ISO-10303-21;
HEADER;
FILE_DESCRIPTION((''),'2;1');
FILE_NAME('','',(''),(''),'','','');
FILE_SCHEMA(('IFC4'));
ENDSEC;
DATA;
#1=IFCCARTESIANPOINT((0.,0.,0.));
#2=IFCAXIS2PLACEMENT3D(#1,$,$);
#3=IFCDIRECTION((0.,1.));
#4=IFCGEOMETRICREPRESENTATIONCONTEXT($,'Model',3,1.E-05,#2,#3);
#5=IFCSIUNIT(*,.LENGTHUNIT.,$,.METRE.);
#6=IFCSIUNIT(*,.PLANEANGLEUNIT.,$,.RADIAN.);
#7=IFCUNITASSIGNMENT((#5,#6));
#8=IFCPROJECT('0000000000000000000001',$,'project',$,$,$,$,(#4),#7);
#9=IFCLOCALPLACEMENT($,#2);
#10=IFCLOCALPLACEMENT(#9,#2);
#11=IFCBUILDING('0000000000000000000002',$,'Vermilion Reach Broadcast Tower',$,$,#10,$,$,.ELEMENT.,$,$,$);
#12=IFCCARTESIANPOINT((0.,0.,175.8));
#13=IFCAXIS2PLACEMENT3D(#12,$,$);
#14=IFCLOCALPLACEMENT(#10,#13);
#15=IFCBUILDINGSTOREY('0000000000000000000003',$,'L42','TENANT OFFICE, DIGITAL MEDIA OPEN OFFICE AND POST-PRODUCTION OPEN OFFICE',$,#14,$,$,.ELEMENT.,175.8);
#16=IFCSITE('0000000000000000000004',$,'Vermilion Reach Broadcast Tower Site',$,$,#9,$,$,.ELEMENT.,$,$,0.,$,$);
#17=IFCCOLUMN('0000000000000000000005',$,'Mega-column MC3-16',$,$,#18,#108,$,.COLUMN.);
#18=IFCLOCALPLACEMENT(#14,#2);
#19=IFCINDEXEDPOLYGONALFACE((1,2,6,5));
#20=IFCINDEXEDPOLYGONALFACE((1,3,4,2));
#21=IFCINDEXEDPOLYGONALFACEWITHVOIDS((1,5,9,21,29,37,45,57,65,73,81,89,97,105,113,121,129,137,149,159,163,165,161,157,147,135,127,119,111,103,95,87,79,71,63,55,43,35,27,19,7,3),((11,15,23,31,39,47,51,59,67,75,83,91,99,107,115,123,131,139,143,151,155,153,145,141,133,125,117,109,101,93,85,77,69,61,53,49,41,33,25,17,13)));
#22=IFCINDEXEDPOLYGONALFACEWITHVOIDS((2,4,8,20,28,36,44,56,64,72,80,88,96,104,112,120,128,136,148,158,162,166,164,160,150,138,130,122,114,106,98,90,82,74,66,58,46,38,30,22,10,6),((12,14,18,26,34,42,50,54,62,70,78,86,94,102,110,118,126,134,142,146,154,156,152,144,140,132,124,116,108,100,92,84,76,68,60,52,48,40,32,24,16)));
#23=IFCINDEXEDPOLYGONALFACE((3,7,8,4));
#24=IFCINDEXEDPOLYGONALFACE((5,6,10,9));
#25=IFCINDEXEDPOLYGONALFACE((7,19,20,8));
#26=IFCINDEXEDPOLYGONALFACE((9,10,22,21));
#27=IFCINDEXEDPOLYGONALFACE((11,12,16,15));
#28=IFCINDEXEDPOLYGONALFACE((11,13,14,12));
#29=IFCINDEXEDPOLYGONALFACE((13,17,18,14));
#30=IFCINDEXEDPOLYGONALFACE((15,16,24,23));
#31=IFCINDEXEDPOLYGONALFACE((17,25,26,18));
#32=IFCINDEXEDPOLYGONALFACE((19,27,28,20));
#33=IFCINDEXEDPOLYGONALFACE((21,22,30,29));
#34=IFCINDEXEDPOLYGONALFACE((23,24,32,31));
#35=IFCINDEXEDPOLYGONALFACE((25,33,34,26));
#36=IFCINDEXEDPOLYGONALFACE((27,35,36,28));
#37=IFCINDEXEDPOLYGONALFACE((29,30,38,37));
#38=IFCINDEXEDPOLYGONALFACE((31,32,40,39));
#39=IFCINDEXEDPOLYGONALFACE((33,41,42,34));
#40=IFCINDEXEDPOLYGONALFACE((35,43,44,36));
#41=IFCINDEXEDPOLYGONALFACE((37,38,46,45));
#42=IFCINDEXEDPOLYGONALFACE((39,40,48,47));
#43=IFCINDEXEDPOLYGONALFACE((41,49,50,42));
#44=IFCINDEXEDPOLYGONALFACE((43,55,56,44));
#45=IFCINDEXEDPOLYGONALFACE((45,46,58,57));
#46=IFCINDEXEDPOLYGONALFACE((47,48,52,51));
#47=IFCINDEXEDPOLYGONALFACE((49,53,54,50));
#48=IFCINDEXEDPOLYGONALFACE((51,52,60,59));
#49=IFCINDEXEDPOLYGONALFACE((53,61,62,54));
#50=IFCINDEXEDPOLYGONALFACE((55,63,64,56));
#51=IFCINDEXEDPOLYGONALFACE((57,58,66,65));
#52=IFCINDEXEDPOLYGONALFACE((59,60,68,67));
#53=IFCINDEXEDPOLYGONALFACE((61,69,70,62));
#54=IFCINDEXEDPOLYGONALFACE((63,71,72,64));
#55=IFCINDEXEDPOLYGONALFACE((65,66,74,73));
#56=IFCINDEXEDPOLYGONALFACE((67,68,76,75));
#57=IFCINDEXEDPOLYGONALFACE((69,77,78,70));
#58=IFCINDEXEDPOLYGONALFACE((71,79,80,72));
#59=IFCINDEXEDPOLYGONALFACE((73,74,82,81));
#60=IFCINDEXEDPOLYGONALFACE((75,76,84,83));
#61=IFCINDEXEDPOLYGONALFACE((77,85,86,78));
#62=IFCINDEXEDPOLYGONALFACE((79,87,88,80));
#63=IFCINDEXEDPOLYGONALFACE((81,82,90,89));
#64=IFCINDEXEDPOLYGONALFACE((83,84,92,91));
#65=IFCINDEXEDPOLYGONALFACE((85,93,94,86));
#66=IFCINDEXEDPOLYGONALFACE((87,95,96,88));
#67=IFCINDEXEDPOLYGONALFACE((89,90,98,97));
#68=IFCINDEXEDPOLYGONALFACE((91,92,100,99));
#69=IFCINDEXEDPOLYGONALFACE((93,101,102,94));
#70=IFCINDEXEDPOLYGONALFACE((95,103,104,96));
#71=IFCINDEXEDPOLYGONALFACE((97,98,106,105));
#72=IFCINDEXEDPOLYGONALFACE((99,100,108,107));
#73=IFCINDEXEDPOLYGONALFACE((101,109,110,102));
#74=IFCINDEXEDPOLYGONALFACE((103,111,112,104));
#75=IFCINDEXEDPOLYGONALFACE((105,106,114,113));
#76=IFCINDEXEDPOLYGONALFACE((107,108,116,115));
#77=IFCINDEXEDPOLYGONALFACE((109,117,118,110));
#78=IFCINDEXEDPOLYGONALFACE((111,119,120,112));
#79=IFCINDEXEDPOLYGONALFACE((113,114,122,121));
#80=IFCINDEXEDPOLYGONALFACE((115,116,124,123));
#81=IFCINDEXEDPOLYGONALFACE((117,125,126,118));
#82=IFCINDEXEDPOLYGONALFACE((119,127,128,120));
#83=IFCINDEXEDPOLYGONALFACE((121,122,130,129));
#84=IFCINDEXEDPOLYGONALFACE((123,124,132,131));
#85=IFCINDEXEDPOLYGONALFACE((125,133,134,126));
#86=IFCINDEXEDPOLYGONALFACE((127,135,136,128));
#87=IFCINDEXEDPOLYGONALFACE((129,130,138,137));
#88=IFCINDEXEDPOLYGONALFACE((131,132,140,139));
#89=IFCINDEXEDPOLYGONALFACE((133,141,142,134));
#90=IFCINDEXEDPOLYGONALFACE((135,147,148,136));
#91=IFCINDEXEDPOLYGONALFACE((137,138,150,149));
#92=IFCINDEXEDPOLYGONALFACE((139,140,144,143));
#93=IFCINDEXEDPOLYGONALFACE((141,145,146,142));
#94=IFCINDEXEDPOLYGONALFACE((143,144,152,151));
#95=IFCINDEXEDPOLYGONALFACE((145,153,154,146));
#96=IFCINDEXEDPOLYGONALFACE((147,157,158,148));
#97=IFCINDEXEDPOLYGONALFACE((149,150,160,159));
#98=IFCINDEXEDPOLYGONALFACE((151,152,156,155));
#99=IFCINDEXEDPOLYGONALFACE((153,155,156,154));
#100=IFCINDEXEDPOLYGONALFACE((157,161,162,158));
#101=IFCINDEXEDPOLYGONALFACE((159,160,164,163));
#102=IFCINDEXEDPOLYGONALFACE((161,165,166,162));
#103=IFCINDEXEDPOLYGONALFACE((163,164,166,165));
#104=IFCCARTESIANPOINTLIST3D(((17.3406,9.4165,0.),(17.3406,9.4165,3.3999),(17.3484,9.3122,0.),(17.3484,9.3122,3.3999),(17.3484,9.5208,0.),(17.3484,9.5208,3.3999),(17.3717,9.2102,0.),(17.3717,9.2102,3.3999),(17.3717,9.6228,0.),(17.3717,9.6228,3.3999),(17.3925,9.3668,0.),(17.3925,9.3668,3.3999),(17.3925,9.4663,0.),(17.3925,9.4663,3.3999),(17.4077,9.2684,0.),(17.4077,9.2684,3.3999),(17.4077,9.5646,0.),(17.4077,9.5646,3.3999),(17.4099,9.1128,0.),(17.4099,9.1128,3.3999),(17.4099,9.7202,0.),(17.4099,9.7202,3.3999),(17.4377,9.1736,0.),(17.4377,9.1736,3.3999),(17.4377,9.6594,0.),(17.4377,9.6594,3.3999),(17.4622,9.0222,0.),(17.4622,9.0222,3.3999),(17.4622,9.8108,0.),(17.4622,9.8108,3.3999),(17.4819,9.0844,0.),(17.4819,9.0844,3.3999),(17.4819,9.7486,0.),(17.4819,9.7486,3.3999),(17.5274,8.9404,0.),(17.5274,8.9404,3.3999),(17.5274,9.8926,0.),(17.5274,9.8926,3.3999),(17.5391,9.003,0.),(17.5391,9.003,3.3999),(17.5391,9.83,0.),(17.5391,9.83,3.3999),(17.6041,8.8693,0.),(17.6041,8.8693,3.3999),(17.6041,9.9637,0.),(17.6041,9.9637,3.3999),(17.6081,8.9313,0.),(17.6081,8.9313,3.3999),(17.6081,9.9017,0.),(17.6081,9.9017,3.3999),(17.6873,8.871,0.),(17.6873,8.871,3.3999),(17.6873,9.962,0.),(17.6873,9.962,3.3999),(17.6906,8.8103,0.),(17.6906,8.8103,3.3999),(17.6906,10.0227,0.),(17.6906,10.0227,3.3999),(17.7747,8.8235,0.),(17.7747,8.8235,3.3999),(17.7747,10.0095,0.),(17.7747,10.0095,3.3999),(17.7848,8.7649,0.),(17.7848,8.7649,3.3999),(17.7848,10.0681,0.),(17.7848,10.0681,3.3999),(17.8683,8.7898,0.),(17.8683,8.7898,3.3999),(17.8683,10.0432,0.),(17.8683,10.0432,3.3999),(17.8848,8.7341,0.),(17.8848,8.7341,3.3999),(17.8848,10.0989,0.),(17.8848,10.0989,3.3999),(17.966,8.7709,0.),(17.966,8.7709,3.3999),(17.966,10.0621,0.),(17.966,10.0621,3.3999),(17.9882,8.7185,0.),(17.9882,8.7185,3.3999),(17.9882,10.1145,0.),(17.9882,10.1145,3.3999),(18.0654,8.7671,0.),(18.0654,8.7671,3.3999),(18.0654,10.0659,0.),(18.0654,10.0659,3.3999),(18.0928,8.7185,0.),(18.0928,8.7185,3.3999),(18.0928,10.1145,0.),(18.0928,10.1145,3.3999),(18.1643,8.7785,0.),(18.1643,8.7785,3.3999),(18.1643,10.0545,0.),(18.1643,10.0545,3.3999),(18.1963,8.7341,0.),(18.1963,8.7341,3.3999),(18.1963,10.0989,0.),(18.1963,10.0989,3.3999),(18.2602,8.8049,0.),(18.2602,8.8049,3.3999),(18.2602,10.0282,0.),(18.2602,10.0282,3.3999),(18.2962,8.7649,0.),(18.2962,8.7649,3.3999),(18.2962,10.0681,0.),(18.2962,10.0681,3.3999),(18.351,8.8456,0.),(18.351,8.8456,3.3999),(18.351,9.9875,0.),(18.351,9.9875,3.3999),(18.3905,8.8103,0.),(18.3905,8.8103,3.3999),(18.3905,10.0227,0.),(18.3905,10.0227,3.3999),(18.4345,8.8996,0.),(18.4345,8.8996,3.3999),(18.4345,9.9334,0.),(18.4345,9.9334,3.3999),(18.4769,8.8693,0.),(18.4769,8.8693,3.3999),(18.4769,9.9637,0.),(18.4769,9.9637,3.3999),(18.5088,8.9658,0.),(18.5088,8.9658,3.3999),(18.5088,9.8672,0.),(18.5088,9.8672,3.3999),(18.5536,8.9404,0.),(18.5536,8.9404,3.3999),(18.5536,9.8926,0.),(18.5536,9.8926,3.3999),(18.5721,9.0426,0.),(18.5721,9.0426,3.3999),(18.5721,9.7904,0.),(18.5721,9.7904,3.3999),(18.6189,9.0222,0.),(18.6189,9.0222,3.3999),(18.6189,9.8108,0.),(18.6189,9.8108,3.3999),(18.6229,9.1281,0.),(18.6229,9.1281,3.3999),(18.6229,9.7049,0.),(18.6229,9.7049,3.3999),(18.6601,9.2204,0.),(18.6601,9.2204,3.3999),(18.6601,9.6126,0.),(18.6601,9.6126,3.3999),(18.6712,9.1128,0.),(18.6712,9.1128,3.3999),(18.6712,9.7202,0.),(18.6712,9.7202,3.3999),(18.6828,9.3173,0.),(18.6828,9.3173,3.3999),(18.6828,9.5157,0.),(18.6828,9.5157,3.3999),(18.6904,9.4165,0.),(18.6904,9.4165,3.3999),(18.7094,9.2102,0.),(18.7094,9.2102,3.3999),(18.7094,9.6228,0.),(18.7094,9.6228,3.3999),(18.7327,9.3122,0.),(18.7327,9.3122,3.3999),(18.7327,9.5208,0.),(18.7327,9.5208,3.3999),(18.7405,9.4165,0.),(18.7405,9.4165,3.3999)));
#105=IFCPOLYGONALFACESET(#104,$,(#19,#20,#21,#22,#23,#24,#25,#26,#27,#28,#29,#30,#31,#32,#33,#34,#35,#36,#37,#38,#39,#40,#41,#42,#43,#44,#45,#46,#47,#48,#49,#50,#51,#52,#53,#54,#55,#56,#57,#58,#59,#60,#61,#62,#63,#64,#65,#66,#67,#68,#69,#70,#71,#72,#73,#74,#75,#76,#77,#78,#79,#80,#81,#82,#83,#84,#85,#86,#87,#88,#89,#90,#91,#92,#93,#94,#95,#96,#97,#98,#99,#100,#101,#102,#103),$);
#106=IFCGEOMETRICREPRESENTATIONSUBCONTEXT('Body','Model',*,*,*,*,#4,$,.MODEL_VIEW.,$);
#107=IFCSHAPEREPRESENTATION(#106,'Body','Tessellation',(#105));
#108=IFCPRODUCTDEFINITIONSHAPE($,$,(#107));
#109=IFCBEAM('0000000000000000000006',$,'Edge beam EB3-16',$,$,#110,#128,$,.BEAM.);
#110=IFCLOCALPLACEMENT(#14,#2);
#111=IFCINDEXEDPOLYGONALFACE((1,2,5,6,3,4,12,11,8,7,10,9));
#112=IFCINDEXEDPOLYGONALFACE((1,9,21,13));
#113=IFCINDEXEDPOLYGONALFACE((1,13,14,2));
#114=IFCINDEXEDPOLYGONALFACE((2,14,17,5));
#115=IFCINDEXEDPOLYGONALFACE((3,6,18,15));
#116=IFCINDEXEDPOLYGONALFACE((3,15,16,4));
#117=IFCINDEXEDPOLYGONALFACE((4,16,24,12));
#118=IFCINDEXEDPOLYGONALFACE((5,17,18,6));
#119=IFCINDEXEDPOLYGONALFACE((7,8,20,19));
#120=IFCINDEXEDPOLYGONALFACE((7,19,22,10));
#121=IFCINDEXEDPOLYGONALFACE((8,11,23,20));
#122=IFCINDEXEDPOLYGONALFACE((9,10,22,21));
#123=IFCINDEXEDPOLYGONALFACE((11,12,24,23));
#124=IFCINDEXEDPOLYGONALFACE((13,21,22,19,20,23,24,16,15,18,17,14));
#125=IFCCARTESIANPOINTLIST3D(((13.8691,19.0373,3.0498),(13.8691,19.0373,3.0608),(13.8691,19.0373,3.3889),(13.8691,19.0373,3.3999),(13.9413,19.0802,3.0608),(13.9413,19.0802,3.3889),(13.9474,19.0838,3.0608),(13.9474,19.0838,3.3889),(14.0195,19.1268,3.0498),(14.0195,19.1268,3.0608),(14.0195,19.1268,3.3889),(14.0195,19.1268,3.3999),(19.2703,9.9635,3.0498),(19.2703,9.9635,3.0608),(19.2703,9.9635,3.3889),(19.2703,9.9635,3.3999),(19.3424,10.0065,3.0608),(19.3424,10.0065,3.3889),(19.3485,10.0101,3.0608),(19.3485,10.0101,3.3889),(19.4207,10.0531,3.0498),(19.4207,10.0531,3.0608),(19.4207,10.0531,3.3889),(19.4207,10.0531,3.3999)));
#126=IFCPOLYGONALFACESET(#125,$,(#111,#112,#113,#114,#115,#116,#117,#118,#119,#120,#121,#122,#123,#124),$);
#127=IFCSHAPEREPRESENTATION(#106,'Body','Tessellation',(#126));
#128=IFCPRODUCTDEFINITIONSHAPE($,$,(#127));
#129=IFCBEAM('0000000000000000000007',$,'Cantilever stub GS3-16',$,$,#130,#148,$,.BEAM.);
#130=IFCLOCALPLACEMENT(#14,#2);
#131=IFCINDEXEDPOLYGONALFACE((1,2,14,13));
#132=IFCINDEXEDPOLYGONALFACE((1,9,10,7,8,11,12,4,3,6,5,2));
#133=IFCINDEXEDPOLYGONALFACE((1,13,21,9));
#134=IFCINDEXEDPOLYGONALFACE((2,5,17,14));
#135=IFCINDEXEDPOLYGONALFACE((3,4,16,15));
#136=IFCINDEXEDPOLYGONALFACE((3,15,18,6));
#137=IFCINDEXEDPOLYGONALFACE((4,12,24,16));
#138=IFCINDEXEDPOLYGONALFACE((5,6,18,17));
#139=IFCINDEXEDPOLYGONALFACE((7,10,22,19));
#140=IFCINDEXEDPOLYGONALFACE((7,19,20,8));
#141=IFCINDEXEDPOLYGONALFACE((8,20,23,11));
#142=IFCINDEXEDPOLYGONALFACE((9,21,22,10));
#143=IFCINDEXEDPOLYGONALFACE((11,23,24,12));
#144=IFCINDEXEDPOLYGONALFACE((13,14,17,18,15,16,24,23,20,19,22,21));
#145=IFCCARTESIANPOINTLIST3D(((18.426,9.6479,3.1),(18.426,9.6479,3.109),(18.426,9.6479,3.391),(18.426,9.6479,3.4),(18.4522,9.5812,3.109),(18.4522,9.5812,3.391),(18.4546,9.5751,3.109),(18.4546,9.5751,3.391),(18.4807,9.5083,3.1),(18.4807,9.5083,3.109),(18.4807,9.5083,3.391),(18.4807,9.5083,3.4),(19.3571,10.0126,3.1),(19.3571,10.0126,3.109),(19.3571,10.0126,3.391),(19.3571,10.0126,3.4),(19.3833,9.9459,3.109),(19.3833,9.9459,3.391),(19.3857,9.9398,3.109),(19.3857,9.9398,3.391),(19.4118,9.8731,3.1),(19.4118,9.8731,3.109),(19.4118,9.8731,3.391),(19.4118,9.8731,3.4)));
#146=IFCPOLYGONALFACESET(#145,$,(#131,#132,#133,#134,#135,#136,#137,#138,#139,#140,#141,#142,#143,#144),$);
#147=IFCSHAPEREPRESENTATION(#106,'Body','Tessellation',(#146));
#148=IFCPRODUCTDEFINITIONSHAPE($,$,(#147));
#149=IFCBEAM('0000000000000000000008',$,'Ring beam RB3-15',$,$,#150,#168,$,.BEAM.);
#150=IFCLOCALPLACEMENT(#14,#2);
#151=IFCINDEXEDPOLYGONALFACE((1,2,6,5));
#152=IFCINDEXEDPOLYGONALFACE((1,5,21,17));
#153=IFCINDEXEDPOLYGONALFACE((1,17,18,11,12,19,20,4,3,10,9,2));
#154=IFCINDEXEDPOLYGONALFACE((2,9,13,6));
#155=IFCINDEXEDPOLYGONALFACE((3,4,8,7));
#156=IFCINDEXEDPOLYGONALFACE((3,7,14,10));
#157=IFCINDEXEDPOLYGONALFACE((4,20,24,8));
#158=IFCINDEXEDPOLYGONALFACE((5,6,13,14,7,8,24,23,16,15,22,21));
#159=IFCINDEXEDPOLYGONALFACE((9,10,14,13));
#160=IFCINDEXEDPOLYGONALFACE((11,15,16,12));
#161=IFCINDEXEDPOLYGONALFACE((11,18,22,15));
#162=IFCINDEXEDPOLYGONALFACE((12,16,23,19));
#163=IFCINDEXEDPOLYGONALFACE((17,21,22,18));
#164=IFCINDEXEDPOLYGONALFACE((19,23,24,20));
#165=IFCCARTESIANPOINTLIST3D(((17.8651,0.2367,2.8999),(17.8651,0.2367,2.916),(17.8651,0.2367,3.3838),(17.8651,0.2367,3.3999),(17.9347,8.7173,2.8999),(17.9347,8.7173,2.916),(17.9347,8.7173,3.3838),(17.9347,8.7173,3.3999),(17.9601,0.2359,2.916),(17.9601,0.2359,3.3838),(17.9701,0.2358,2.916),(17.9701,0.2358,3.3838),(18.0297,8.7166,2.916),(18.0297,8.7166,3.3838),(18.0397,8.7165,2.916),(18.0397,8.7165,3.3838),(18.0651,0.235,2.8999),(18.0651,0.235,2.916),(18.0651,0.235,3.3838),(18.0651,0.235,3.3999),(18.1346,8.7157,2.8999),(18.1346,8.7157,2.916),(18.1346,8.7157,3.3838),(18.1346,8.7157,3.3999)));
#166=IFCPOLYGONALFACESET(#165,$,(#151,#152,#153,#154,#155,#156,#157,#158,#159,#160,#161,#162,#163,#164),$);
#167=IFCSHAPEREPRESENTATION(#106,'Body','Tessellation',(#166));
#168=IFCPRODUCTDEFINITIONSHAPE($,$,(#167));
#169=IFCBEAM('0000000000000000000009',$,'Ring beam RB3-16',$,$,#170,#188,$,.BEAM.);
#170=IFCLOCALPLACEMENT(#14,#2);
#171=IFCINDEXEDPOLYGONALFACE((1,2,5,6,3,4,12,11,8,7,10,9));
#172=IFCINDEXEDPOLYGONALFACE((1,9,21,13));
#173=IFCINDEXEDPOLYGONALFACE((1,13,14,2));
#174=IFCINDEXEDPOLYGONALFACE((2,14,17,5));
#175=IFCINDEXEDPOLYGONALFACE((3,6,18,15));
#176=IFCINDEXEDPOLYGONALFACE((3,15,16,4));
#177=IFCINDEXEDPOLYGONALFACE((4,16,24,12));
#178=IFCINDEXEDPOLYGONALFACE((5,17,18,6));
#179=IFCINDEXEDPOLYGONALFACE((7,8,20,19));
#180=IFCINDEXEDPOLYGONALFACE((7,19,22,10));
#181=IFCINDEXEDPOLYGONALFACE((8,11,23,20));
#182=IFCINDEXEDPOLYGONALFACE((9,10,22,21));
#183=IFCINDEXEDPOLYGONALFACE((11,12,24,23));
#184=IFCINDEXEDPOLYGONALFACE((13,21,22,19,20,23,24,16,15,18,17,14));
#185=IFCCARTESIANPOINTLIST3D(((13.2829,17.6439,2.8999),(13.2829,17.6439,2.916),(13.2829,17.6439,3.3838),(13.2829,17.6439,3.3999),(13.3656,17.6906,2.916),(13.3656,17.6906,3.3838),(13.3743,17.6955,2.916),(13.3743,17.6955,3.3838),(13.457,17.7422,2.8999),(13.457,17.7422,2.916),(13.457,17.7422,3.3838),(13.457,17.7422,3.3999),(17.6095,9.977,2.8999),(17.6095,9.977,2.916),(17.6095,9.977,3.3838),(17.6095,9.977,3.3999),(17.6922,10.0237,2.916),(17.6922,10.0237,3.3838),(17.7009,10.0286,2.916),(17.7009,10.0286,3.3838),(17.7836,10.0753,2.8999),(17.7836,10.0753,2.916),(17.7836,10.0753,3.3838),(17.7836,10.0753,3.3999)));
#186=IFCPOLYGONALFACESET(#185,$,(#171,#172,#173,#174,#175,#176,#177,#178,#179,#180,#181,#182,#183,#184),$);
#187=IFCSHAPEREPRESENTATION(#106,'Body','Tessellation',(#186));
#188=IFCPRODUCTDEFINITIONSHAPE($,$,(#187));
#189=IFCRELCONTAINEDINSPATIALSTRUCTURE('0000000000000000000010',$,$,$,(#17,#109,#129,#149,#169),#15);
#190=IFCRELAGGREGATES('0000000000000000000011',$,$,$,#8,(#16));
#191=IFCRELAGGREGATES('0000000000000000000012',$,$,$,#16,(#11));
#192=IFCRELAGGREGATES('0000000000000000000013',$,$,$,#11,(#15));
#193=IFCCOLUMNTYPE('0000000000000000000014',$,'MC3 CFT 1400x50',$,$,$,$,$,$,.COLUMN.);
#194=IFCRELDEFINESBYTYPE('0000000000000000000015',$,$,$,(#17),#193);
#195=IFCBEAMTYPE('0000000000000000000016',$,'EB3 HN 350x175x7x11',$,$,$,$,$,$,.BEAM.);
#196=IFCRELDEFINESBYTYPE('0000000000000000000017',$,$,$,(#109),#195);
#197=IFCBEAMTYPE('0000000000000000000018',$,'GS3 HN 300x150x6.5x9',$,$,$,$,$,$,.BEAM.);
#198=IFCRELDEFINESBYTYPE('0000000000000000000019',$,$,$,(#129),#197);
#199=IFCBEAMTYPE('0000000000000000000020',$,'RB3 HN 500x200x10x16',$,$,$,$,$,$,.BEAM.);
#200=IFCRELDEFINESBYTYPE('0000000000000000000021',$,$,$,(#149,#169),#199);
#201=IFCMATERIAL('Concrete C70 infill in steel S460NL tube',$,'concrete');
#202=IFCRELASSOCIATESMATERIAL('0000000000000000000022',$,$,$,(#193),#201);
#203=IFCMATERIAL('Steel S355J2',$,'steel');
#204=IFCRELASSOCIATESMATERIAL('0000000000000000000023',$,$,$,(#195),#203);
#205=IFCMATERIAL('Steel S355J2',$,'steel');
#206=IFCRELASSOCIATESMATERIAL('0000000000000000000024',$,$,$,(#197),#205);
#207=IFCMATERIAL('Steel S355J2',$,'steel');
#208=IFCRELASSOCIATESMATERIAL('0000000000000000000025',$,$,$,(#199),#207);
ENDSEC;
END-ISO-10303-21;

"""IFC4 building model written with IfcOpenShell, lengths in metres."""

from ifc_helpers import new_model, si_unit, direction, frame, origin, origin_2d, place, context, subcontext, project, spatial, hollow_circle, i_section, extrude, material, material_profile, profile_set, type_object, element, save


model = new_model("IFC4")

# Units and contexts
model_context = context("Model", 3, precision=1e-05, world=origin(), true_north=direction((0.0, 1.0)))
body_context = subcontext(model_context, "Body", "Model", "MODEL_VIEW")
ifc_project = project(units=[si_unit("LENGTHUNIT", "METRE"), si_unit("PLANEANGLEUNIT", "RADIAN")], contexts=[model_context])

# Site, building, storey
site_placement = place(None, origin())
site = spatial("IfcSite", under=ifc_project, at=site_placement, Name="Vermilion Reach Broadcast Tower Site", CompositionType="ELEMENT", RefElevation=0.0)
building_placement = place(site_placement, origin())
building = spatial("IfcBuilding", under=site, at=building_placement, Name="Vermilion Reach Broadcast Tower", CompositionType="ELEMENT")
storey_placement = place(building_placement, frame((0.0, 0.0, 175.8)))
storey = spatial("IfcBuildingStorey", under=building, at=storey_placement, Name="L42", Description="TENANT OFFICE, DIGITAL MEDIA OPEN OFFICE AND POST-PRODUCTION OPEN OFFICE", CompositionType="ELEMENT", Elevation=175.8)

# Column
ifc_material_1 = material(Name="Concrete C70 infill in steel S460NL tube", Category="concrete")
ifc_material_profile_1 = material_profile(ifc_material_1, hollow_circle(Radius=0.7, WallThickness=0.05, at=origin_2d()), Name="Concrete C70 infill in steel S460NL tube CFT 1400x50")
ifc_profile_set_1 = profile_set([ifc_material_profile_1], Name="Concrete C70 infill in steel S460NL tube")
column_type = type_object("IfcColumnType", Name="MC3 CFT 1400x50", PredefinedType="COLUMN", material=ifc_profile_set_1)
column_placement = place(storey_placement, frame((18.0405, 9.4165, 0.0), z_axis=(0.0, 0.0, 1.0), x_axis=(1.0, 0.0, 0.0)))
element("IfcColumn", 1, at=column_placement, inside=storey, type_object=column_type, Name="Mega-column MC3-16", PredefinedType="COLUMN", context=body_context, shape_type="SweptSolid", body=[
    extrude(hollow_circle(Radius=0.7, WallThickness=0.05, at=origin_2d()), origin(), (0.0, 0.0, 1.0), 3.3999),
])

# Beams
ifc_material_2 = material(Name="Steel S355J2", Category="steel")
ifc_material_profile_2 = material_profile(ifc_material_2, i_section(OverallWidth=0.175, OverallDepth=0.3501, WebThickness=0.0071, FlangeThickness=0.011, at=origin_2d()), Name="S355J2 HN 350x175x7x11")
ifc_profile_set_2 = profile_set([ifc_material_profile_2], Name="Steel S355J2")
beam_type_1 = type_object("IfcBeamType", Name="EB3 HN 350x175x7x11", PredefinedType="BEAM", material=ifc_profile_set_2)
beam_1_placement = place(storey_placement, frame((19.3455, 10.0083, 3.2249), z_axis=(-0.51149, 0.859289, 0.0), x_axis=(-0.859289, -0.51149, 0.0)))
element("IfcBeam", 2, at=beam_1_placement, inside=storey, type_object=beam_type_1, Name="Edge beam EB3-16", PredefinedType="BEAM", context=body_context, shape_type="SweptSolid", body=[
    extrude(i_section(OverallWidth=0.175, OverallDepth=0.3501, WebThickness=0.0071, FlangeThickness=0.011, at=origin_2d()), origin(), (0.0, 0.0, 1.0), 10.5596),
])
ifc_material_3 = material(Name="Steel S355J2", Category="steel")
ifc_material_profile_3 = material_profile(ifc_material_3, i_section(OverallWidth=0.1499, OverallDepth=0.3, WebThickness=0.0066, FlangeThickness=0.009, at=origin_2d()), Name="S355J2 HN 300x150x6.5x9")
ifc_profile_set_3 = profile_set([ifc_material_profile_3], Name="Steel S355J2")
beam_type_2 = type_object("IfcBeamType", Name="GS3 HN 300x150x6.5x9", PredefinedType="BEAM", material=ifc_profile_set_3)
beam_2_placement = place(storey_placement, frame((18.4534, 9.5781, 3.25), z_axis=(0.931113, 0.364731, 0.0), x_axis=(-0.364731, 0.931113, 0.0)))
element("IfcBeam", 3, at=beam_2_placement, inside=storey, type_object=beam_type_2, Name="Cantilever stub GS3-16", PredefinedType="BEAM", context=body_context, shape_type="SweptSolid", body=[
    extrude(i_section(OverallWidth=0.1499, OverallDepth=0.3, WebThickness=0.0066, FlangeThickness=0.009, at=origin_2d()), origin(), (0.0, 0.0, 1.0), 1.0),
])
ifc_material_4 = material(Name="Steel S355J2", Category="steel")
ifc_material_profile_4 = material_profile(ifc_material_4, i_section(OverallWidth=0.2, OverallDepth=0.5, WebThickness=0.01, FlangeThickness=0.0161, at=origin_2d()), Name="S355J2 HN 500x200x10x16")
ifc_profile_set_4 = profile_set([ifc_material_profile_4], Name="Steel S355J2")
beam_type_3 = type_object("IfcBeamType", Name="RB3 HN 500x200x10x16", PredefinedType="BEAM", material=ifc_profile_set_4)
beam_3_placement = place(storey_placement, frame((17.9651, 0.2358, 3.1499), z_axis=(0.008204, 0.999966, 0.0), x_axis=(-0.999966, 0.008204, 0.0)))
element("IfcBeam", 4, at=beam_3_placement, inside=storey, type_object=beam_type_3, Name="Ring beam RB3-15", PredefinedType="BEAM", context=body_context, shape_type="SweptSolid", body=[
    extrude(i_section(OverallWidth=0.2, OverallDepth=0.5, WebThickness=0.01, FlangeThickness=0.0161, at=origin_2d()), origin(), (0.0, 0.0, 1.0), 8.481),
])
beam_4_placement = place(storey_placement, frame((17.6965, 10.0261, 3.1499), z_axis=(-0.491467, 0.870896, 0.0), x_axis=(-0.870896, -0.491467, 0.0)))
element("IfcBeam", 5, at=beam_4_placement, inside=storey, type_object=beam_type_3, Name="Ring beam RB3-16", PredefinedType="BEAM", context=body_context, shape_type="SweptSolid", body=[
    extrude(i_section(OverallWidth=0.2, OverallDepth=0.5, WebThickness=0.01, FlangeThickness=0.0161, at=origin_2d()), origin(), (0.0, 0.0, 1.0), 8.8035),
])

save(model, "model.ifc")
